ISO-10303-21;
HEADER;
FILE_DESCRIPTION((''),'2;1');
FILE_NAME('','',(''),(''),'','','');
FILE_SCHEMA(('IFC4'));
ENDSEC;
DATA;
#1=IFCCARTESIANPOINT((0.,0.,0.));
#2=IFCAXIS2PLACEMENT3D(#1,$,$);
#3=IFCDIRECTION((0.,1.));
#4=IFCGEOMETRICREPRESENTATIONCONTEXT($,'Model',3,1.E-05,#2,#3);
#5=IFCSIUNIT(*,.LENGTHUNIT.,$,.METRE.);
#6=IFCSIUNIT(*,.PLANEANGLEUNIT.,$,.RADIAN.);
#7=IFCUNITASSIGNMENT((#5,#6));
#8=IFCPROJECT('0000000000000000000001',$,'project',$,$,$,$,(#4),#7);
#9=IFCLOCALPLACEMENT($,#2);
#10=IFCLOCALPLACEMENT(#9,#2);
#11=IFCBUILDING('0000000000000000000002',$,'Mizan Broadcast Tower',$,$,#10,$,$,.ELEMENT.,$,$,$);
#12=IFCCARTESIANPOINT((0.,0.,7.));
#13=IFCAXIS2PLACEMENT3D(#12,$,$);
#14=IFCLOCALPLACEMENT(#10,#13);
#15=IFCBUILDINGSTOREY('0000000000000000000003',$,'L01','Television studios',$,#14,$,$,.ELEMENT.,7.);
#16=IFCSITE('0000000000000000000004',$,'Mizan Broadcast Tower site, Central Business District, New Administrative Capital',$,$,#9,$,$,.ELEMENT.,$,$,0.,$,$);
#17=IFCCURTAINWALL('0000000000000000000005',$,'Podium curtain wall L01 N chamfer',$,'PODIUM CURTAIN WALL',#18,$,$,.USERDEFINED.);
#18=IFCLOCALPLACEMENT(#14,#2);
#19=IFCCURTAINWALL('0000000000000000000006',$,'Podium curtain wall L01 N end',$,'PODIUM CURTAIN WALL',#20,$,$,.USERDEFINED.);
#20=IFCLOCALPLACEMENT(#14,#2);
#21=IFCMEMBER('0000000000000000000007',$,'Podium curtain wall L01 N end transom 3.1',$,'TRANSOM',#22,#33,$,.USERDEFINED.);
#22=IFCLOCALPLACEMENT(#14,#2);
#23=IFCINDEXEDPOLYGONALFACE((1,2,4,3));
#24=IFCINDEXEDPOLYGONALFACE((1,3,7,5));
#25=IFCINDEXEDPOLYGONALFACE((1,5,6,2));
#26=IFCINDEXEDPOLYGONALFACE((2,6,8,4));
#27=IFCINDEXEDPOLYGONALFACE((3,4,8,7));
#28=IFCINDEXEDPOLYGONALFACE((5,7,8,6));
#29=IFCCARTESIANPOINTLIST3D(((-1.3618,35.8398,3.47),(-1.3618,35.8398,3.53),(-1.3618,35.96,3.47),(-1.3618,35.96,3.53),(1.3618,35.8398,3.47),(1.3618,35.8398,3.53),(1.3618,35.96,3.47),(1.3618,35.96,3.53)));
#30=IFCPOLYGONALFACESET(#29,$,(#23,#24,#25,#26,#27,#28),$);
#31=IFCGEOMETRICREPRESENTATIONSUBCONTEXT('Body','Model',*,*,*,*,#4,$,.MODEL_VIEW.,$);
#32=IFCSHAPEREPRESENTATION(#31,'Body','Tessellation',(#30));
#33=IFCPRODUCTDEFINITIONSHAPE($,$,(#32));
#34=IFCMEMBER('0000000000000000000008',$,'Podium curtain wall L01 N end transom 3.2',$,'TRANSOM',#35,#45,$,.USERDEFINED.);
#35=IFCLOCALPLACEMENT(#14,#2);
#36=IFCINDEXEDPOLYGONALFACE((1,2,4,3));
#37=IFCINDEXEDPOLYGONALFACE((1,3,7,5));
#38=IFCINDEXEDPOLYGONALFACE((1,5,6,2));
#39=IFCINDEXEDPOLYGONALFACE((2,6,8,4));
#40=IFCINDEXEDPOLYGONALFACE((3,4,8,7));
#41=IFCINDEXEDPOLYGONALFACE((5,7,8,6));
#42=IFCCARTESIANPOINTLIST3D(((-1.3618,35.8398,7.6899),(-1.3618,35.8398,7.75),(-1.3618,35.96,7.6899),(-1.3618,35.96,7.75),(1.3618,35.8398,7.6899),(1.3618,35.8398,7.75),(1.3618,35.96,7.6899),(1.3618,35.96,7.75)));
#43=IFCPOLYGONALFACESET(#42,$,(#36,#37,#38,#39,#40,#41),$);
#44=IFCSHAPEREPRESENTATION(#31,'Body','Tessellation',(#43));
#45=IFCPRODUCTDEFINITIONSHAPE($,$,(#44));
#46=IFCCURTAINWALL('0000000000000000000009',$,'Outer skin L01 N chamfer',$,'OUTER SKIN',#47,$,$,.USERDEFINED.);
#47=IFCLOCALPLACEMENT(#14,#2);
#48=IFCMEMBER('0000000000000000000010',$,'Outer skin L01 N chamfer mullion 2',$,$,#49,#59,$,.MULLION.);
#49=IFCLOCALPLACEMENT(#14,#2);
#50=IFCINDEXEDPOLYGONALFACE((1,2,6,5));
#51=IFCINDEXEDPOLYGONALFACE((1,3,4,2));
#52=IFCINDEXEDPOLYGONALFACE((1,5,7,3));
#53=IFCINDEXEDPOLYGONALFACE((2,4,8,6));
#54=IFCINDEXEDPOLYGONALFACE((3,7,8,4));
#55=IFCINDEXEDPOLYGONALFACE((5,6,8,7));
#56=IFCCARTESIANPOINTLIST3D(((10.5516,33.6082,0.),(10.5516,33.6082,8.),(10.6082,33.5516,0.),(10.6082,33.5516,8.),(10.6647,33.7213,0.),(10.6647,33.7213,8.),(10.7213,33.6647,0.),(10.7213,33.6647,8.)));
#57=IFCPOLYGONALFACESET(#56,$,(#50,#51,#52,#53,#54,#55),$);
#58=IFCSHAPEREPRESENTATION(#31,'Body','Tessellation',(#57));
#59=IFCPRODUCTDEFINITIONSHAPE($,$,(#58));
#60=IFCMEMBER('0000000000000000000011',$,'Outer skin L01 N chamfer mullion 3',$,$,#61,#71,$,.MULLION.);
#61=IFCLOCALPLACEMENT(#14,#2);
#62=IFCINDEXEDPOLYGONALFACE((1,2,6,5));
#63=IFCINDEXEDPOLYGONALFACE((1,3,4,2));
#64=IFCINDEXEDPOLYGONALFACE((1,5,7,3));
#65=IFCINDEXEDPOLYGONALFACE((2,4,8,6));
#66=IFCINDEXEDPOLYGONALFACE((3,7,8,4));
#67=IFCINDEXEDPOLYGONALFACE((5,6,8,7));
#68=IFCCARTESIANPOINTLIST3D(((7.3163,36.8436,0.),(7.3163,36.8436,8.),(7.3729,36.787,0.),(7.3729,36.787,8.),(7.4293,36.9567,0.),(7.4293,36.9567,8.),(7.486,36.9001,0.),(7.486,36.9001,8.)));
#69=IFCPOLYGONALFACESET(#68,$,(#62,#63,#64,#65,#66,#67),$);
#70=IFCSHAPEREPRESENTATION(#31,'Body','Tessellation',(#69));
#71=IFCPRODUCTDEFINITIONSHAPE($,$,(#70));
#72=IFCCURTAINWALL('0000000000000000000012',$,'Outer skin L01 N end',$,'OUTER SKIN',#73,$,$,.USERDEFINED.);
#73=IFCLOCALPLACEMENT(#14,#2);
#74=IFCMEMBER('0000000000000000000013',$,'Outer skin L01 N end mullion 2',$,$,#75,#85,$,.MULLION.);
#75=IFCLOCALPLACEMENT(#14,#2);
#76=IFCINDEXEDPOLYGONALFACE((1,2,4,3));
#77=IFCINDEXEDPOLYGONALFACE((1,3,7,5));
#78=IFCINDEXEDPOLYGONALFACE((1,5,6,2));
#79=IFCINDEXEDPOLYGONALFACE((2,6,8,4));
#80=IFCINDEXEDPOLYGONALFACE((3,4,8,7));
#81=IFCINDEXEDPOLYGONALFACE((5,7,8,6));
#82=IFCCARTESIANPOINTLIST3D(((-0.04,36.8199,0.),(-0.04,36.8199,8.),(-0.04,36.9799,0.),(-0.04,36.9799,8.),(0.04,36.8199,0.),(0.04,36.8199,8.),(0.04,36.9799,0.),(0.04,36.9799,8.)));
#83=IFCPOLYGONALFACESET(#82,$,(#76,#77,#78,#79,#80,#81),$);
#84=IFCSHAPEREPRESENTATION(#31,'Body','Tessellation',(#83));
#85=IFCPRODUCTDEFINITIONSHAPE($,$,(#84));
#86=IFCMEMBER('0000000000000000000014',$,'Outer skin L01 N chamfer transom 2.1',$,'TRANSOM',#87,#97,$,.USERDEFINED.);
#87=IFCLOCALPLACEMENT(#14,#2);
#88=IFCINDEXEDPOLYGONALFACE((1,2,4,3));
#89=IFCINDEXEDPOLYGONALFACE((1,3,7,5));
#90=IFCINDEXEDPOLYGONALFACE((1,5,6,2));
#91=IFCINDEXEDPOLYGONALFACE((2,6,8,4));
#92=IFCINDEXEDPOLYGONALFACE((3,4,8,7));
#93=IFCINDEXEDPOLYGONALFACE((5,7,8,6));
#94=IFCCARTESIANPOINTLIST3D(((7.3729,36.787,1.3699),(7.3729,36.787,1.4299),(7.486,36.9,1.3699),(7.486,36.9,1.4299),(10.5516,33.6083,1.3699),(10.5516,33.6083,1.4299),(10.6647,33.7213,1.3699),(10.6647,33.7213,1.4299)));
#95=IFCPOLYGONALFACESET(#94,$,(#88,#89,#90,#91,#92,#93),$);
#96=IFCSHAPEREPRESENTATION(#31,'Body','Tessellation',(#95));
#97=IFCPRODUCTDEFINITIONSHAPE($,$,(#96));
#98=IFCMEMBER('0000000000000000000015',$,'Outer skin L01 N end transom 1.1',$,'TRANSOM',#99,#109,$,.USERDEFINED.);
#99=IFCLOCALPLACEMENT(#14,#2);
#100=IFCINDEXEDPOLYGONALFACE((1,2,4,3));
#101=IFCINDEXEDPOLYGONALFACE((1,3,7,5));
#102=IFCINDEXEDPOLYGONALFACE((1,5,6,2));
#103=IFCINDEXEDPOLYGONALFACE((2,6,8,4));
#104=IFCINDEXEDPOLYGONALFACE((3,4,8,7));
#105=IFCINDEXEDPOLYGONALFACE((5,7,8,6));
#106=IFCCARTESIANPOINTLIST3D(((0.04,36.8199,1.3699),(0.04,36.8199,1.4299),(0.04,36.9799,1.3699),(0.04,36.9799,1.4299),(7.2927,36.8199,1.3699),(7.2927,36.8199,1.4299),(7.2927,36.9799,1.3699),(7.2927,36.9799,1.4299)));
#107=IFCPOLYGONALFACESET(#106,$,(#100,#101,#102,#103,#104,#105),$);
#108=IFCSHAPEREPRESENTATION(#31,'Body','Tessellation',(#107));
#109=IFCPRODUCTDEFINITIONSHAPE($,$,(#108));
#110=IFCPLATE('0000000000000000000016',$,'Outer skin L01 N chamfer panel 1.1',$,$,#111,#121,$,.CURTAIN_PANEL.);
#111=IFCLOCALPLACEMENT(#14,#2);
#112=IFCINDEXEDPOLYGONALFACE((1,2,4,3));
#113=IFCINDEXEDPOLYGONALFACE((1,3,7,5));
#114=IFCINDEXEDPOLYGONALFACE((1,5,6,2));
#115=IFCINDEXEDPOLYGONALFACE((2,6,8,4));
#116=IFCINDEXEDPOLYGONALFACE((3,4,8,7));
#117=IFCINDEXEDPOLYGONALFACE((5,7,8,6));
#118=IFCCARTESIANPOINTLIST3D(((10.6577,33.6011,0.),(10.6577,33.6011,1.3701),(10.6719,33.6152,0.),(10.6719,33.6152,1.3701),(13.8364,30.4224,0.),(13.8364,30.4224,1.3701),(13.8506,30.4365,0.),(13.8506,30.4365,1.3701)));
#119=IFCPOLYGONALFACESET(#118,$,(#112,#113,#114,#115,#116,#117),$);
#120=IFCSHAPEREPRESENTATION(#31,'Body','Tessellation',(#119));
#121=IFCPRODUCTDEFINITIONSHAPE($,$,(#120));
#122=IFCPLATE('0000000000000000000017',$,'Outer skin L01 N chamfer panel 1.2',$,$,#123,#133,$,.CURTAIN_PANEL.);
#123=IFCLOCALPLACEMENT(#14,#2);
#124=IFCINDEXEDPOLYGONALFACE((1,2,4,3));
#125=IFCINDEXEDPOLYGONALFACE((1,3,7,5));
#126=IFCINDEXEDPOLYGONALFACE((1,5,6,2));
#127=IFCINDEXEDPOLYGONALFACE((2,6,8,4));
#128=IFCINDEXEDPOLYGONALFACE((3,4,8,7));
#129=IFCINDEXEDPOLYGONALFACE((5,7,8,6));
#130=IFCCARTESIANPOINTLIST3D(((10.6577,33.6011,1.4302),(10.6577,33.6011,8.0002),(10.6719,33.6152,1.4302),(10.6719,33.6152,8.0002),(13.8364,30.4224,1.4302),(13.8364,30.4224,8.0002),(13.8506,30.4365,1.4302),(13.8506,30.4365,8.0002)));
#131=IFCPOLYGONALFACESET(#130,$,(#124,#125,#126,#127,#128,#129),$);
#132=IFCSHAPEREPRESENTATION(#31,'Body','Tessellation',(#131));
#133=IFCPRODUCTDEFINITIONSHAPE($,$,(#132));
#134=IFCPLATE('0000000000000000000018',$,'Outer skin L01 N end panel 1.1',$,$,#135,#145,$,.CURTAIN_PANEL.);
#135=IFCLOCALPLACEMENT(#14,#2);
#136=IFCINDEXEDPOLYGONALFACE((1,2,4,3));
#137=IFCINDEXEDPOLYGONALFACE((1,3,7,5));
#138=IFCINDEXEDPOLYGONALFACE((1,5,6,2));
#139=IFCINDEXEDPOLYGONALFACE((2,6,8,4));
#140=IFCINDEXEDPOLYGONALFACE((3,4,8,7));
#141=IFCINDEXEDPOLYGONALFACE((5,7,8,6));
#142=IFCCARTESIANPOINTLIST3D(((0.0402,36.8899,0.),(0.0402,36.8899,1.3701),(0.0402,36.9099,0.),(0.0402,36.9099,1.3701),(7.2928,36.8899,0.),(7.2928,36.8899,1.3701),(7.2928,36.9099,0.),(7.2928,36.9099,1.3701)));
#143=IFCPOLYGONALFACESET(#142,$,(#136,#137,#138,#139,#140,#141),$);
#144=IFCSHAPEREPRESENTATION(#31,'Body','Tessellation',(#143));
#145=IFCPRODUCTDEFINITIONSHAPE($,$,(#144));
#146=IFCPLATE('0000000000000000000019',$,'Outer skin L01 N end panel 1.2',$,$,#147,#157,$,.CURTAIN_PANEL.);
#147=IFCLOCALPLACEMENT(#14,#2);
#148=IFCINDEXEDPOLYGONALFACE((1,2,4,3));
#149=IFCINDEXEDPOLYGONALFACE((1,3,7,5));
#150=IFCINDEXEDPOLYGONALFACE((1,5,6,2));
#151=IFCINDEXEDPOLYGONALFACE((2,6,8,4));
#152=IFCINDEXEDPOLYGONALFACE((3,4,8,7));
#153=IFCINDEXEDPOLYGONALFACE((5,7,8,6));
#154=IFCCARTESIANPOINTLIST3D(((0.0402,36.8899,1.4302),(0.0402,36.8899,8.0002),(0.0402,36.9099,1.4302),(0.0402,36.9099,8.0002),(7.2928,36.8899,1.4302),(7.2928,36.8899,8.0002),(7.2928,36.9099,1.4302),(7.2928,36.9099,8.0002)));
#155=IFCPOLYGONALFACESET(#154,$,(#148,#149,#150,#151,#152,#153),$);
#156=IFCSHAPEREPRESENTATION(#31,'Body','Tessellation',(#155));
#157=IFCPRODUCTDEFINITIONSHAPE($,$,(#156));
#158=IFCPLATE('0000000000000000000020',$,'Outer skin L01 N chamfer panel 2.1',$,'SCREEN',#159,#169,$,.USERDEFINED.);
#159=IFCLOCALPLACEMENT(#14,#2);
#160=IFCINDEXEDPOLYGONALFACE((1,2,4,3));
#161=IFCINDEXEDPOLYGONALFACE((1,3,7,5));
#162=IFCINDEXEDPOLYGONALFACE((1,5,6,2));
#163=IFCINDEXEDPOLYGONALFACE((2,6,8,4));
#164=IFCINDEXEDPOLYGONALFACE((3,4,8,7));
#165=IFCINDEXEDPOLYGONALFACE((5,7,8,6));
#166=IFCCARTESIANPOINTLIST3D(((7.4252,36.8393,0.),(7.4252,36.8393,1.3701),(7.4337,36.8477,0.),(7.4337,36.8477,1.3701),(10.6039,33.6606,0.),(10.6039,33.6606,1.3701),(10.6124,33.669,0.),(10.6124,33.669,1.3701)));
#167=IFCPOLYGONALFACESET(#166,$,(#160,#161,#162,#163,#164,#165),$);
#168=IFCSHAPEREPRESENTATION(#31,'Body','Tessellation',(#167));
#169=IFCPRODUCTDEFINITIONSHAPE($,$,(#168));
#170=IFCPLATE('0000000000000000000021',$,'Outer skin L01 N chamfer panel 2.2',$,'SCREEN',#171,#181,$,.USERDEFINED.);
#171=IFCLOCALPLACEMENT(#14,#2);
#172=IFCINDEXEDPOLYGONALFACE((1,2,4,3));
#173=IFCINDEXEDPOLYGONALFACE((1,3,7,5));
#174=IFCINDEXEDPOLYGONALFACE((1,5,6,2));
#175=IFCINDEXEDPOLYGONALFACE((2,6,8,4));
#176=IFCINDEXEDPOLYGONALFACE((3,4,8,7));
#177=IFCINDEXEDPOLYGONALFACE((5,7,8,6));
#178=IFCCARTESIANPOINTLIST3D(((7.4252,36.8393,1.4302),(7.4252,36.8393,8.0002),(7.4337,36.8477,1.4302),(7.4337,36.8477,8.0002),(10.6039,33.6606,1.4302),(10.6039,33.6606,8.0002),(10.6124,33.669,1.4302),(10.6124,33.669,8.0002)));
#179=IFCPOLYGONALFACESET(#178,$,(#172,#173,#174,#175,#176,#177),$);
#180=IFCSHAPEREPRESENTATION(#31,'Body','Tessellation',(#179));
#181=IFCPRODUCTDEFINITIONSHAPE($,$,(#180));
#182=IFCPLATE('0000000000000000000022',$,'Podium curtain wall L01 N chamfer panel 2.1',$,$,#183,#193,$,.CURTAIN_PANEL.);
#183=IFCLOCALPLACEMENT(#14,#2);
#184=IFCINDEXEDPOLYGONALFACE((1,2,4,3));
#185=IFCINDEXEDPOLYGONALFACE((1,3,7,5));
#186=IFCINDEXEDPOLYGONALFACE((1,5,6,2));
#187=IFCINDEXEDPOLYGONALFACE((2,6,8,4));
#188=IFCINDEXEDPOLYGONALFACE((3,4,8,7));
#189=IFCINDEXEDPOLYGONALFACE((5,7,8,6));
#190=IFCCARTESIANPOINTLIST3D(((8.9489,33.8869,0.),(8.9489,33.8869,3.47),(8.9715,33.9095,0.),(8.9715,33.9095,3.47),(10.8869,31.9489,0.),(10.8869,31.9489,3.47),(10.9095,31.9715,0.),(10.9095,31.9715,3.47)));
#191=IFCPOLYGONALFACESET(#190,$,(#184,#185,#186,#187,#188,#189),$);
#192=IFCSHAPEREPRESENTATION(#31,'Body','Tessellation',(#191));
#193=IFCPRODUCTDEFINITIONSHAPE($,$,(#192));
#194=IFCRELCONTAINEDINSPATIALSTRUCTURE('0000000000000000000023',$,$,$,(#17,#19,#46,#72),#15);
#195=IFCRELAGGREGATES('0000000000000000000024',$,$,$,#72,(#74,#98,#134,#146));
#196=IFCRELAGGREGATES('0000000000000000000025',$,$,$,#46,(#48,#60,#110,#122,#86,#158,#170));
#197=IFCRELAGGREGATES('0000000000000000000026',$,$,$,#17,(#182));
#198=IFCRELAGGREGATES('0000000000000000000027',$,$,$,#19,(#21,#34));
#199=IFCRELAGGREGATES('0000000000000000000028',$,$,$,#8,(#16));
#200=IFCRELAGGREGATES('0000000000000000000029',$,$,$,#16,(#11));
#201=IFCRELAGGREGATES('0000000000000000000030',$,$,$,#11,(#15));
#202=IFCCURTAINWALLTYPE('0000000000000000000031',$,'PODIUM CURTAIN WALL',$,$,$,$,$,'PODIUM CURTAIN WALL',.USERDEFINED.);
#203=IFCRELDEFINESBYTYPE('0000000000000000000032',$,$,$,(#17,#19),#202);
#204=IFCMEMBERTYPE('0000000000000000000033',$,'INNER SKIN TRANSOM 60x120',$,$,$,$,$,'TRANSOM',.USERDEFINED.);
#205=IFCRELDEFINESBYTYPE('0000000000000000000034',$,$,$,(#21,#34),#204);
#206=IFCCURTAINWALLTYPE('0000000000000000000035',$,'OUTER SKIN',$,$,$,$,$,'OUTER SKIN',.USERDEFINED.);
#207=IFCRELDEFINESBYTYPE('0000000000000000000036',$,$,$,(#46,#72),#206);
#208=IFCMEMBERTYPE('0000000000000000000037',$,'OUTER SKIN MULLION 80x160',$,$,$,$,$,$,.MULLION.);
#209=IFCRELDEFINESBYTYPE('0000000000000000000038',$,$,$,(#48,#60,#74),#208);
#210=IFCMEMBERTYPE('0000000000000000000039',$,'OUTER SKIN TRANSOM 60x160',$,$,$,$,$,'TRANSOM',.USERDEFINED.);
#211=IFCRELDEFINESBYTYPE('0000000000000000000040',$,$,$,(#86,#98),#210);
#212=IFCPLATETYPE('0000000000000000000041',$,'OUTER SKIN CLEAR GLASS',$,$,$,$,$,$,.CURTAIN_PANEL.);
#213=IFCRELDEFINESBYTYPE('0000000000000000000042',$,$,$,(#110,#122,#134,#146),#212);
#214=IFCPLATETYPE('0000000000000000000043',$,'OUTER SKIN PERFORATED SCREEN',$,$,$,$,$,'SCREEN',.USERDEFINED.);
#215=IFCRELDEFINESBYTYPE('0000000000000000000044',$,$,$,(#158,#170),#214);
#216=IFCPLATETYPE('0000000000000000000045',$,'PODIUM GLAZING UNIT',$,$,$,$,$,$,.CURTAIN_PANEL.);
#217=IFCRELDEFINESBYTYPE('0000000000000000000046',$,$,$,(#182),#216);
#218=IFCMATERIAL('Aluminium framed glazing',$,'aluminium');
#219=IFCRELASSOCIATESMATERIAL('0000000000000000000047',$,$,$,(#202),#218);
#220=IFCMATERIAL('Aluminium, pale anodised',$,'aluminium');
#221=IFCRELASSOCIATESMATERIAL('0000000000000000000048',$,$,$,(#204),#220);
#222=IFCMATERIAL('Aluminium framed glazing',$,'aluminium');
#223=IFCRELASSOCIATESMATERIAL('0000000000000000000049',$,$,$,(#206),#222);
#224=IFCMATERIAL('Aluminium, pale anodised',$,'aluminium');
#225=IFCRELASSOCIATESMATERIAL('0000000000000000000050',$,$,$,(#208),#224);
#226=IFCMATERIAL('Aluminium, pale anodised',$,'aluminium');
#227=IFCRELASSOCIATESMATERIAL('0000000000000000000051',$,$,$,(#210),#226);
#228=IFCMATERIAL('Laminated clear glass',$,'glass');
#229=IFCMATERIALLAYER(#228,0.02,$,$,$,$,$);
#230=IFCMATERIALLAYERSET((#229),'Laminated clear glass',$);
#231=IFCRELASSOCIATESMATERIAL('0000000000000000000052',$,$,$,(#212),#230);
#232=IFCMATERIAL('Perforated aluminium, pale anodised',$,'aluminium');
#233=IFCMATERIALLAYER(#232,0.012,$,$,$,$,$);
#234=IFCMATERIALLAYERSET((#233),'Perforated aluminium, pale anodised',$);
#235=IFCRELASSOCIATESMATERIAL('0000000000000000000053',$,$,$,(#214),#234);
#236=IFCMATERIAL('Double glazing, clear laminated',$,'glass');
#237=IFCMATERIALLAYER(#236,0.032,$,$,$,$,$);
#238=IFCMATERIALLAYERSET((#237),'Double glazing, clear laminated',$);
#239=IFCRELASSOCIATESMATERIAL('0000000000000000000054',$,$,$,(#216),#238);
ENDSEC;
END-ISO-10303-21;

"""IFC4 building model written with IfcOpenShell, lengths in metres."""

from ifc_helpers import new_model, si_unit, direction, frame, origin, origin_2d, place, context, subcontext, project, spatial, rectangle, extrude, material, layer, layer_set, material_profile, profile_set, type_object, element, aggregate, save


model = new_model("IFC4")

# Units and contexts
model_context = context("Model", 3, precision=1e-05, world=origin(), true_north=direction((0.0, 1.0)))
body_context = subcontext(model_context, "Body", "Model", "MODEL_VIEW")
ifc_project = project(units=[si_unit("LENGTHUNIT", "METRE"), si_unit("PLANEANGLEUNIT", "RADIAN")], contexts=[model_context])

# Site, building, storey
site_placement = place(None, origin())
site = spatial("IfcSite", under=ifc_project, at=site_placement, Name="Mizan Broadcast Tower site, Central Business District, New Administrative Capital", CompositionType="ELEMENT", RefElevation=0.0)
building_placement = place(site_placement, origin())
building = spatial("IfcBuilding", under=site, at=building_placement, Name="Mizan Broadcast Tower", CompositionType="ELEMENT")
storey_placement = place(building_placement, frame((0.0, 0.0, 7.0)))
storey = spatial("IfcBuildingStorey", under=building, at=storey_placement, Name="L01", Description="Television studios", CompositionType="ELEMENT", Elevation=7.0)

# Curtain walls
ifc_material_1 = material(Name="Aluminium framed glazing", Category="aluminium")
curtain_wall_type_1 = type_object("IfcCurtainWallType", Name="PODIUM CURTAIN WALL", ElementType="PODIUM CURTAIN WALL", PredefinedType="USERDEFINED", material=ifc_material_1)
curtain_wall_1_placement = place(storey_placement, origin())
curtain_wall_1 = element("IfcCurtainWall", 1, at=curtain_wall_1_placement, inside=storey, type_object=curtain_wall_type_1, Name="Podium curtain wall L01 N chamfer", ObjectType="PODIUM CURTAIN WALL", PredefinedType="USERDEFINED")
curtain_wall_2_placement = place(storey_placement, origin())
curtain_wall_2 = element("IfcCurtainWall", 2, at=curtain_wall_2_placement, inside=storey, type_object=curtain_wall_type_1, Name="Podium curtain wall L01 N end", ObjectType="PODIUM CURTAIN WALL", PredefinedType="USERDEFINED")

# Members
ifc_material_2 = material(Name="Aluminium, pale anodised", Category="aluminium")
ifc_material_profile_1 = material_profile(ifc_material_2, rectangle(XDim=0.1201, YDim=0.0601, at=origin_2d()), Name="TRANSOM 120x60")
ifc_profile_set_1 = profile_set([ifc_material_profile_1], Name="Aluminium, pale anodised")
member_type_1 = type_object("IfcMemberType", Name="INNER SKIN TRANSOM 60x120", ElementType="TRANSOM", PredefinedType="USERDEFINED", material=ifc_profile_set_1)
member_1_placement = place(storey_placement, frame((1.3618, 35.8999, 3.5), z_axis=(-1.0, 0.0, 0.0), x_axis=(0.0, -1.0, 0.0)))
member_1 = element("IfcMember", 3, at=member_1_placement, type_object=member_type_1, Name="Podium curtain wall L01 N end transom 3.1", ObjectType="TRANSOM", PredefinedType="USERDEFINED", context=body_context, shape_type="SweptSolid", body=[
    extrude(rectangle(XDim=0.1201, YDim=0.0601, at=origin_2d()), origin(), (0.0, 0.0, 1.0), 2.7236),
])
member_2_placement = place(storey_placement, frame((1.3618, 35.8999, 7.72), z_axis=(-1.0, 0.0, 0.0), x_axis=(0.0, -1.0, 0.0)))
member_2 = element("IfcMember", 4, at=member_2_placement, type_object=member_type_1, Name="Podium curtain wall L01 N end transom 3.2", ObjectType="TRANSOM", PredefinedType="USERDEFINED", context=body_context, shape_type="SweptSolid", body=[
    extrude(rectangle(XDim=0.1201, YDim=0.0601, at=origin_2d()), origin(), (0.0, 0.0, 1.0), 2.7236),
])

# Curtain wall, members
ifc_material_3 = material(Name="Aluminium framed glazing", Category="aluminium")
curtain_wall_type_2 = type_object("IfcCurtainWallType", Name="OUTER SKIN", ElementType="OUTER SKIN", PredefinedType="USERDEFINED", material=ifc_material_3)
curtain_wall_3_placement = place(storey_placement, origin())
curtain_wall_3 = element("IfcCurtainWall", 5, at=curtain_wall_3_placement, inside=storey, type_object=curtain_wall_type_2, Name="Outer skin L01 N chamfer", ObjectType="OUTER SKIN", PredefinedType="USERDEFINED")
ifc_material_4 = material(Name="Aluminium, pale anodised", Category="aluminium")
ifc_material_profile_2 = material_profile(ifc_material_4, rectangle(XDim=0.1599, YDim=0.0801, at=origin_2d()), Name="MULLION 160x80")
ifc_profile_set_2 = profile_set([ifc_material_profile_2], Name="Aluminium, pale anodised")
member_type_2 = type_object("IfcMemberType", Name="OUTER SKIN MULLION 80x160", PredefinedType="MULLION", material=ifc_profile_set_2)
member_3_placement = place(storey_placement, frame((10.6365, 33.6365, 0.0), z_axis=(0.0, 0.0, 1.0), x_axis=(-0.707107, -0.707107, 0.0)))
member_3 = element("IfcMember", 6, at=member_3_placement, type_object=member_type_2, Name="Outer skin L01 N chamfer mullion 2", PredefinedType="MULLION", context=body_context, shape_type="SweptSolid", body=[
    extrude(rectangle(XDim=0.1599, YDim=0.0801, at=origin_2d()), origin(), (0.0, 0.0, 1.0), 8.0),
])
member_4_placement = place(storey_placement, frame((7.4011, 36.8718, 0.0), z_axis=(0.0, 0.0, 1.0), x_axis=(-0.707107, -0.707107, 0.0)))
member_4 = element("IfcMember", 7, at=member_4_placement, type_object=member_type_2, Name="Outer skin L01 N chamfer mullion 3", PredefinedType="MULLION", context=body_context, shape_type="SweptSolid", body=[
    extrude(rectangle(XDim=0.1599, YDim=0.0801, at=origin_2d()), origin(), (0.0, 0.0, 1.0), 8.0),
])

# Curtain wall, member
curtain_wall_4_placement = place(storey_placement, origin())
curtain_wall_4 = element("IfcCurtainWall", 8, at=curtain_wall_4_placement, inside=storey, type_object=curtain_wall_type_2, Name="Outer skin L01 N end", ObjectType="OUTER SKIN", PredefinedType="USERDEFINED")
member_5_placement = place(storey_placement, frame((0.0, 36.8999, 0.0), z_axis=(0.0, 0.0, 1.0), x_axis=(0.0, -1.0, 0.0)))
member_5 = element("IfcMember", 9, at=member_5_placement, type_object=member_type_2, Name="Outer skin L01 N end mullion 2", PredefinedType="MULLION", context=body_context, shape_type="SweptSolid", body=[
    extrude(rectangle(XDim=0.1599, YDim=0.0801, at=origin_2d()), origin(), (0.0, 0.0, 1.0), 8.0),
])

# Members
ifc_material_5 = material(Name="Aluminium, pale anodised", Category="aluminium")
ifc_material_profile_3 = material_profile(ifc_material_5, rectangle(XDim=0.1599, YDim=0.0601, at=origin_2d()), Name="TRANSOM 160x60")
ifc_profile_set_3 = profile_set([ifc_material_profile_3], Name="Aluminium, pale anodised")
member_type_3 = type_object("IfcMemberType", Name="OUTER SKIN TRANSOM 60x160", ElementType="TRANSOM", PredefinedType="USERDEFINED", material=ifc_profile_set_3)
member_6_placement = place(storey_placement, frame((10.6082, 33.6648, 1.3999), z_axis=(-0.707107, 0.707107, 0.0), x_axis=(-0.707107, -0.707107, 0.0)))
member_6 = element("IfcMember", 10, at=member_6_placement, type_object=member_type_3, Name="Outer skin L01 N chamfer transom 2.1", ObjectType="TRANSOM", PredefinedType="USERDEFINED", context=body_context, shape_type="SweptSolid", body=[
    extrude(rectangle(XDim=0.1599, YDim=0.0601, at=origin_2d()), origin(), (0.0, 0.0, 1.0), 4.4954),
])
member_7_placement = place(storey_placement, frame((7.2927, 36.8999, 1.3999), z_axis=(-1.0, 0.0, 0.0), x_axis=(0.0, -1.0, 0.0)))
member_7 = element("IfcMember", 11, at=member_7_placement, type_object=member_type_3, Name="Outer skin L01 N end transom 1.1", ObjectType="TRANSOM", PredefinedType="USERDEFINED", context=body_context, shape_type="SweptSolid", body=[
    extrude(rectangle(XDim=0.1599, YDim=0.0601, at=origin_2d()), origin(), (0.0, 0.0, 1.0), 7.2527),
])

# Plates
ifc_material_6 = material(Name="Laminated clear glass", Category="glass")
ifc_layer_1 = layer(ifc_material_6, 0.02)
ifc_layer_set_1 = layer_set([ifc_layer_1], Name="Laminated clear glass")
plate_type_1 = type_object("IfcPlateType", Name="OUTER SKIN CLEAR GLASS", PredefinedType="CURTAIN_PANEL", material=ifc_layer_set_1)
plate_1_placement = place(storey_placement, frame((12.2542, 32.0188, 0.0), z_axis=(0.0, 0.0, 1.0), x_axis=(-0.707107, 0.707107, 0.0)))
plate_1 = element("IfcPlate", 12, at=plate_1_placement, type_object=plate_type_1, Name="Outer skin L01 N chamfer panel 1.1", PredefinedType="CURTAIN_PANEL", context=body_context, shape_type="SweptSolid", body=[
    extrude(rectangle(XDim=4.4954, YDim=0.02, at=origin_2d()), origin(), (0.0, 0.0, 1.0), 1.3701),
])
plate_2_placement = place(storey_placement, frame((12.2542, 32.0188, 1.4302), z_axis=(0.0, 0.0, 1.0), x_axis=(-0.707107, 0.707107, 0.0)))
plate_2 = element("IfcPlate", 13, at=plate_2_placement, type_object=plate_type_1, Name="Outer skin L01 N chamfer panel 1.2", PredefinedType="CURTAIN_PANEL", context=body_context, shape_type="SweptSolid", body=[
    extrude(rectangle(XDim=4.4954, YDim=0.02, at=origin_2d()), origin(), (0.0, 0.0, 1.0), 6.5701),
])
plate_3_placement = place(storey_placement, frame((3.6665, 36.8999, 0.0), z_axis=(0.0, 0.0, 1.0), x_axis=(-1.0, 0.0, 0.0)))
plate_3 = element("IfcPlate", 14, at=plate_3_placement, type_object=plate_type_1, Name="Outer skin L01 N end panel 1.1", PredefinedType="CURTAIN_PANEL", context=body_context, shape_type="SweptSolid", body=[
    extrude(rectangle(XDim=7.2527, YDim=0.02, at=origin_2d()), origin(), (0.0, 0.0, 1.0), 1.3701),
])
plate_4_placement = place(storey_placement, frame((3.6665, 36.8999, 1.4302), z_axis=(0.0, 0.0, 1.0), x_axis=(-1.0, 0.0, 0.0)))
plate_4 = element("IfcPlate", 15, at=plate_4_placement, type_object=plate_type_1, Name="Outer skin L01 N end panel 1.2", PredefinedType="CURTAIN_PANEL", context=body_context, shape_type="SweptSolid", body=[
    extrude(rectangle(XDim=7.2527, YDim=0.02, at=origin_2d()), origin(), (0.0, 0.0, 1.0), 6.5701),
])
aggregate(curtain_wall_4, [member_5, member_7, plate_3, plate_4])
ifc_material_7 = material(Name="Perforated aluminium, pale anodised", Category="aluminium")
ifc_layer_2 = layer(ifc_material_7, 0.012)
ifc_layer_set_2 = layer_set([ifc_layer_2], Name="Perforated aluminium, pale anodised")
plate_type_2 = type_object("IfcPlateType", Name="OUTER SKIN PERFORATED SCREEN", ElementType="SCREEN", PredefinedType="USERDEFINED", material=ifc_layer_set_2)
plate_5_placement = place(storey_placement, frame((9.0188, 35.2542, 0.0), z_axis=(0.0, 0.0, 1.0), x_axis=(-0.707107, 0.707107, 0.0)))
plate_5 = element("IfcPlate", 16, at=plate_5_placement, type_object=plate_type_2, Name="Outer skin L01 N chamfer panel 2.1", ObjectType="SCREEN", PredefinedType="USERDEFINED", context=body_context, shape_type="SweptSolid", body=[
    extrude(rectangle(XDim=4.4954, YDim=0.012, at=origin_2d()), origin(), (0.0, 0.0, 1.0), 1.3701),
])
plate_6_placement = place(storey_placement, frame((9.0188, 35.2542, 1.4302), z_axis=(0.0, 0.0, 1.0), x_axis=(-0.707107, 0.707107, 0.0)))
plate_6 = element("IfcPlate", 17, at=plate_6_placement, type_object=plate_type_2, Name="Outer skin L01 N chamfer panel 2.2", ObjectType="SCREEN", PredefinedType="USERDEFINED", context=body_context, shape_type="SweptSolid", body=[
    extrude(rectangle(XDim=4.4954, YDim=0.012, at=origin_2d()), origin(), (0.0, 0.0, 1.0), 6.5701),
])
aggregate(curtain_wall_3, [member_3, member_4, plate_1, plate_2, member_6, plate_5, plate_6])
ifc_material_8 = material(Name="Double glazing, clear laminated", Category="glass")
ifc_layer_3 = layer(ifc_material_8, 0.032)
ifc_layer_set_3 = layer_set([ifc_layer_3], Name="Double glazing, clear laminated")
plate_type_3 = type_object("IfcPlateType", Name="PODIUM GLAZING UNIT", PredefinedType="CURTAIN_PANEL", material=ifc_layer_set_3)
plate_7_placement = place(storey_placement, frame((9.9292, 32.9292, 0.0), z_axis=(0.0, 0.0, 1.0), x_axis=(-0.707107, 0.707107, 0.0)))
plate_7 = element("IfcPlate", 18, at=plate_7_placement, type_object=plate_type_3, Name="Podium curtain wall L01 N chamfer panel 2.1", PredefinedType="CURTAIN_PANEL", context=body_context, shape_type="SweptSolid", body=[
    extrude(rectangle(XDim=2.7407, YDim=0.032, at=origin_2d()), origin(), (0.0, 0.0, 1.0), 3.47),
])
aggregate(curtain_wall_1, [plate_7])
aggregate(curtain_wall_2, [member_1, member_2])

save(model, "model.ifc")
